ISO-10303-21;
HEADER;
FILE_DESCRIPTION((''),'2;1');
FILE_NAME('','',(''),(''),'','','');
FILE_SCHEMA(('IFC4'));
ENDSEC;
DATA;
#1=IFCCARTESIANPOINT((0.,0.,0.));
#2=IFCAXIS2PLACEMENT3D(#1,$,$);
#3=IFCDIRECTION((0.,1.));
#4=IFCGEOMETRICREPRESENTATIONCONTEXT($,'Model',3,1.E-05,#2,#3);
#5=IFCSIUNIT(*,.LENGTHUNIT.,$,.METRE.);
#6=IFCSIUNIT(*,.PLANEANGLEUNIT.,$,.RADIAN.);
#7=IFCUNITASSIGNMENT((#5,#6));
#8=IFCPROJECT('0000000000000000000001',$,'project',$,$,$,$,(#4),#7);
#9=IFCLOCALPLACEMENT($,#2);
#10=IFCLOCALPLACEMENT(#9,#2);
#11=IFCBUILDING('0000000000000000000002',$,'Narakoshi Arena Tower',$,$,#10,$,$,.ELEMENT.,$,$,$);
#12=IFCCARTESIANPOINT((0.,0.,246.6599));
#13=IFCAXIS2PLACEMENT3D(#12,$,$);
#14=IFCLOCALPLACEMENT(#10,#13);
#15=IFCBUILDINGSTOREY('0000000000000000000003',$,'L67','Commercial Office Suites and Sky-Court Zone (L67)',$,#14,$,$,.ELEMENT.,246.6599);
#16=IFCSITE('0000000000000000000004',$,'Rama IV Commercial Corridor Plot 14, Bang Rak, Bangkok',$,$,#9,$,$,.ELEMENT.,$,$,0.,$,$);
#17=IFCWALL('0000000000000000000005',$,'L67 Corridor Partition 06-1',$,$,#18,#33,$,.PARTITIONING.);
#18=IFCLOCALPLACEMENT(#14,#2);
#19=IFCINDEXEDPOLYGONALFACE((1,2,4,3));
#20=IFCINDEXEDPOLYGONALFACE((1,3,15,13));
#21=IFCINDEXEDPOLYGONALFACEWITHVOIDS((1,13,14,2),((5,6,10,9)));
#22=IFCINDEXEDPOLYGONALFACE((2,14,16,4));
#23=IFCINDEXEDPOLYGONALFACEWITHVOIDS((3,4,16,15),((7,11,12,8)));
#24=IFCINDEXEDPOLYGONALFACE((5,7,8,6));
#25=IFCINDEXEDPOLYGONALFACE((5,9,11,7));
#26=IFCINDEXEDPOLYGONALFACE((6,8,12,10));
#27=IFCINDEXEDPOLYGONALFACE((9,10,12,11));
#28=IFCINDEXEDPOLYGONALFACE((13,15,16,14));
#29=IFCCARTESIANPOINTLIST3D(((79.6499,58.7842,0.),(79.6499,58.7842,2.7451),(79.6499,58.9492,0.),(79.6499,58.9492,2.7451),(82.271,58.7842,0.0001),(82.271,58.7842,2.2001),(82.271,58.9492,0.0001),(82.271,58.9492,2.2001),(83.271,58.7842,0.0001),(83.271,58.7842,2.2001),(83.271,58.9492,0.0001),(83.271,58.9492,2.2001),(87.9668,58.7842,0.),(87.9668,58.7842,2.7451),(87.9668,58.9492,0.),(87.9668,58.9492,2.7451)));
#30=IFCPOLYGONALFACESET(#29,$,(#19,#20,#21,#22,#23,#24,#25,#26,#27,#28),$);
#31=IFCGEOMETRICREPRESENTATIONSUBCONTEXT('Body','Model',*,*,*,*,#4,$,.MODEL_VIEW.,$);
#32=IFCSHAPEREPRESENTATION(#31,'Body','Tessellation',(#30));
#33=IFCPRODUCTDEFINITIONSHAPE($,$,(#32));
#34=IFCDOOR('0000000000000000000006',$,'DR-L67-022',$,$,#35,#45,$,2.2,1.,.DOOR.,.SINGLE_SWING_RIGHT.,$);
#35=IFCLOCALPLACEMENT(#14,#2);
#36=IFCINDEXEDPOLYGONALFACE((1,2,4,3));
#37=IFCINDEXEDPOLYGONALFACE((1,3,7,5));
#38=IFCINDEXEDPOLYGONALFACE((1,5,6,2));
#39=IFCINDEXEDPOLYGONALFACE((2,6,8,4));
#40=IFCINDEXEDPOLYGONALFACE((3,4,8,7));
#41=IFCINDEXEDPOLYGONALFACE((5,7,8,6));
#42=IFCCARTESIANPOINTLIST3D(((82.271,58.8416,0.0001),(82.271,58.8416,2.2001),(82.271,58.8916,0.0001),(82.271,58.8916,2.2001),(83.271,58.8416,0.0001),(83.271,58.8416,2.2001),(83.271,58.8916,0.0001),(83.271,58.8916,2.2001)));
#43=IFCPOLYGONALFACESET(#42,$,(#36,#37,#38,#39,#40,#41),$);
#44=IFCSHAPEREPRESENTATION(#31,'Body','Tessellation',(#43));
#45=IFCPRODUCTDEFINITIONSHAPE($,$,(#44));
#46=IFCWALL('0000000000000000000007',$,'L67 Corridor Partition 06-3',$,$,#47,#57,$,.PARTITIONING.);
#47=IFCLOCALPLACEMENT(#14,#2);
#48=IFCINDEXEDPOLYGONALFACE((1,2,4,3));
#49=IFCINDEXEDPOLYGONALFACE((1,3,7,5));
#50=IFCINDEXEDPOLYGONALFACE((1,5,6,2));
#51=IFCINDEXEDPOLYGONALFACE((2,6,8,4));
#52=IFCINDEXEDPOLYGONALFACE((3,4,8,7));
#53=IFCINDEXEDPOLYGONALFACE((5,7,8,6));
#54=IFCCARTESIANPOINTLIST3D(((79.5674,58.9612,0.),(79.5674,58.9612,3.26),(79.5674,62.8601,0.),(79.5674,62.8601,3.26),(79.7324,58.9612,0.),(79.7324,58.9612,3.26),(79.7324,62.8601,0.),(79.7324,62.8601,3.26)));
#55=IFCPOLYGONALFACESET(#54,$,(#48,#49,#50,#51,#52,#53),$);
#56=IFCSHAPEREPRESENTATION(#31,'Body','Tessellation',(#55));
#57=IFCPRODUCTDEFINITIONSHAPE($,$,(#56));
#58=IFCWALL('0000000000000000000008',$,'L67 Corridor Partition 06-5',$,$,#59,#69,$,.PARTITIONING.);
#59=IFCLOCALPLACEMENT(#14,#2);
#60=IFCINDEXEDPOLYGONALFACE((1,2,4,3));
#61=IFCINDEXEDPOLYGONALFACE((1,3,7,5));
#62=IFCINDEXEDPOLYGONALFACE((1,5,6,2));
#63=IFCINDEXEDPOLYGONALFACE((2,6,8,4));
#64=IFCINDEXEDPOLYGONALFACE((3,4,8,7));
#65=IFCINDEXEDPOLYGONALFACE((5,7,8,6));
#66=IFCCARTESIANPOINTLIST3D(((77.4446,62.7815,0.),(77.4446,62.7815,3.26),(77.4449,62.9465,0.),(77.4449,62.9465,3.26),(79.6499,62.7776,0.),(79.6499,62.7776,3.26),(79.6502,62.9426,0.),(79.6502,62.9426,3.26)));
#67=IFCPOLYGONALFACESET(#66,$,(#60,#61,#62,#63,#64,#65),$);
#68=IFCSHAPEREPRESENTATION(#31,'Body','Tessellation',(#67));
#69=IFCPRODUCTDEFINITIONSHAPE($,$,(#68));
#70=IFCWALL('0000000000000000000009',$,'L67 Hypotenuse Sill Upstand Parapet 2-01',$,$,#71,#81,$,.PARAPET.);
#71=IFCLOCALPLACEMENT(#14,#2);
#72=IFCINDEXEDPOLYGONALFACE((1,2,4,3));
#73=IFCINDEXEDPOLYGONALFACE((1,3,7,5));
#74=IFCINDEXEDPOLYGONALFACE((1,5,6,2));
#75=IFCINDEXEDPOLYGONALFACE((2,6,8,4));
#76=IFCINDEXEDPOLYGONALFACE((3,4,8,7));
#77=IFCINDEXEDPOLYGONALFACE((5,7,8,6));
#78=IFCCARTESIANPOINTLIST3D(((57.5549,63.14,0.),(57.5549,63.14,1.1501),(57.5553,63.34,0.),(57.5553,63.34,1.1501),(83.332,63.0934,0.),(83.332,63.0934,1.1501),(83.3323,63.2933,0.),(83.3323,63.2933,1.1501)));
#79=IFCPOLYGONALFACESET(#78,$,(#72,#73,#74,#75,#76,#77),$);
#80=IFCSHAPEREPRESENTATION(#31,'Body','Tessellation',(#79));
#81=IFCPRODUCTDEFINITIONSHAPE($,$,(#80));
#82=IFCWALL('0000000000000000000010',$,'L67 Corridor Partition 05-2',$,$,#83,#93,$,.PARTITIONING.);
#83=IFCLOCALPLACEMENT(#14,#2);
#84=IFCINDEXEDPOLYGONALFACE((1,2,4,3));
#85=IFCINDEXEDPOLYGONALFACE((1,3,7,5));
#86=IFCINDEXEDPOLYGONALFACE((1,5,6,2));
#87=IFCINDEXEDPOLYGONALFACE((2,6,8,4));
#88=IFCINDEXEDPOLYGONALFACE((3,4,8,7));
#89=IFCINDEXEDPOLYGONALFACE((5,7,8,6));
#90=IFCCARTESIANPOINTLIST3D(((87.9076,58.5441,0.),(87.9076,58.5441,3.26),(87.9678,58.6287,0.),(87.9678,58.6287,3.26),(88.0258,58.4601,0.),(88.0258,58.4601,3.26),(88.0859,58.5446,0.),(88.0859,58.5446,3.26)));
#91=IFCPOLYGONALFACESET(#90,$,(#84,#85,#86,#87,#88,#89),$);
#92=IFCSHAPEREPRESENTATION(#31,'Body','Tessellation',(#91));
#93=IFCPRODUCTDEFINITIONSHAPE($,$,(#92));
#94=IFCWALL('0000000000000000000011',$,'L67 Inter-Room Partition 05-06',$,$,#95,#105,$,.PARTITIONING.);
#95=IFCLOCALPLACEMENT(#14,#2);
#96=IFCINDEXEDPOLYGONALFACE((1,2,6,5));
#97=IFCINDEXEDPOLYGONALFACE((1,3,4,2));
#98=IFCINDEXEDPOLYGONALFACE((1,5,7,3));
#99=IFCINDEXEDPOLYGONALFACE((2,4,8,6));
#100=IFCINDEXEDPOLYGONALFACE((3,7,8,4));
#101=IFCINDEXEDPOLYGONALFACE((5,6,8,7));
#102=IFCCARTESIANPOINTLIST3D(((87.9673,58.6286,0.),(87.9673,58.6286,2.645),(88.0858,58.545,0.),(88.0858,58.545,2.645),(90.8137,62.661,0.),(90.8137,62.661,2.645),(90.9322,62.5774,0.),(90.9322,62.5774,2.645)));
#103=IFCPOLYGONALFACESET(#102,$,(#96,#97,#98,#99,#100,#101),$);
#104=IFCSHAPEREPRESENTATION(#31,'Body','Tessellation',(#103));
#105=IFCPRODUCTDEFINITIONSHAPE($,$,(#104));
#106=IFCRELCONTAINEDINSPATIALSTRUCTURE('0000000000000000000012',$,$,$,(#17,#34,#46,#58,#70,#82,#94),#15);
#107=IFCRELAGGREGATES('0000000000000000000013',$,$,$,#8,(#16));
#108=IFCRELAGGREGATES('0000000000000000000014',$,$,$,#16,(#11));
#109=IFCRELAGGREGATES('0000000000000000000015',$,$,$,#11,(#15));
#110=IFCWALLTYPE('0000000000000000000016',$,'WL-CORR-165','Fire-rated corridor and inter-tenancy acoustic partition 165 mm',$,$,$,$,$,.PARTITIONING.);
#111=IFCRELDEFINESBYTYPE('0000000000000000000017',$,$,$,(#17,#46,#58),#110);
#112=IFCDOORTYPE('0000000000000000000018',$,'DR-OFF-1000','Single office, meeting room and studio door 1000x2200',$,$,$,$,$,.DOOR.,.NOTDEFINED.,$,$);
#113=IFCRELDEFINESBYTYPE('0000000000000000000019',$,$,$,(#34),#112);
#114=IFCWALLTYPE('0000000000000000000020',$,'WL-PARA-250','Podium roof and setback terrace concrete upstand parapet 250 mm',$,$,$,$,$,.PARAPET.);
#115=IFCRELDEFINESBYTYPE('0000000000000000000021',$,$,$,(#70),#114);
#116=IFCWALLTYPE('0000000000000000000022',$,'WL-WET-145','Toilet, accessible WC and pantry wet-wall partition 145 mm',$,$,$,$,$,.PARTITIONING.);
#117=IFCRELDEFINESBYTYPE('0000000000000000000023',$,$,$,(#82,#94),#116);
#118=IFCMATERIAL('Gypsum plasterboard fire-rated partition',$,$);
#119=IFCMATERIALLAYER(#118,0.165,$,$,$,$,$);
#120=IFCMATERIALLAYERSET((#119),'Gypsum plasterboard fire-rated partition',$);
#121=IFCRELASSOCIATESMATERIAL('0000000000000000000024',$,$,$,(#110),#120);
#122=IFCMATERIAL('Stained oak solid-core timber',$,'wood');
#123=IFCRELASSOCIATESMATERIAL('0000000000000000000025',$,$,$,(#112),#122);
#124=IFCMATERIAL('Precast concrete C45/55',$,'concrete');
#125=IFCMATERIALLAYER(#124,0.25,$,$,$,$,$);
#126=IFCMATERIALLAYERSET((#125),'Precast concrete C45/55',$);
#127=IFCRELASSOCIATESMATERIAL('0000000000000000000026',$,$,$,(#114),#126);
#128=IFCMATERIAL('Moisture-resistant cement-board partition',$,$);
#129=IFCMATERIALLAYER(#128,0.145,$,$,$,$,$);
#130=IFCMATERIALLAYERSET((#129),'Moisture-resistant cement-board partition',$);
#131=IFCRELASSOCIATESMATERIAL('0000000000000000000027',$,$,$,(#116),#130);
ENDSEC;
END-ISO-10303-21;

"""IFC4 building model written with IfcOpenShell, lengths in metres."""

from ifc_helpers import new_model, si_unit, direction, frame, frame_2d, origin, place, context, subcontext, project, spatial, rectangle, extrude, material, layer, layer_set, type_object, element, fill, save


model = new_model("IFC4")

# Units and contexts
model_context = context("Model", 3, precision=1e-05, world=origin(), true_north=direction((0.0, 1.0)))
body_context = subcontext(model_context, "Body", "Model", "MODEL_VIEW")
ifc_project = project(units=[si_unit("LENGTHUNIT", "METRE"), si_unit("PLANEANGLEUNIT", "RADIAN")], contexts=[model_context])

# Site, building, storey
site_placement = place(None, origin())
site = spatial("IfcSite", under=ifc_project, at=site_placement, Name="Rama IV Commercial Corridor Plot 14, Bang Rak, Bangkok", CompositionType="ELEMENT", RefElevation=0.0)
building_placement = place(site_placement, origin())
building = spatial("IfcBuilding", under=site, at=building_placement, Name="Narakoshi Arena Tower", CompositionType="ELEMENT")
storey_placement = place(building_placement, frame((0.0, 0.0, 246.6599)))
storey = spatial("IfcBuildingStorey", under=building, at=storey_placement, Name="L67", Description="Commercial Office Suites and Sky-Court Zone (L67)", CompositionType="ELEMENT", Elevation=246.6599)

# Wall, opening, door
ifc_material_1 = material(Name="Gypsum plasterboard fire-rated partition")
ifc_layer_1 = layer(ifc_material_1, 0.165)
ifc_layer_set_1 = layer_set([ifc_layer_1], Name="Gypsum plasterboard fire-rated partition")
wall_type_1 = type_object("IfcWallType", Name="WL-CORR-165", Description="Fire-rated corridor and inter-tenancy acoustic partition 165 mm", PredefinedType="PARTITIONING", material=ifc_layer_set_1)
wall_1_placement = place(storey_placement, frame((87.9668, 58.8667, 0.0), z_axis=(0.0, 0.0, 1.0), x_axis=(-1.0, 0.0, 0.0)))
wall_1 = element("IfcWall", 1, at=wall_1_placement, inside=storey, type_object=wall_type_1, Name="L67 Corridor Partition 06-1", PredefinedType="PARTITIONING", context=body_context, shape_type="SweptSolid", body=[
    extrude(rectangle(XDim=8.3169, YDim=0.165, at=frame_2d((4.1584, 0.0))), origin(), (0.0, 0.0, 1.0), 2.7451),
])
opening_placement = place(wall_1_placement, frame((4.6958, 0.0, 0.0)))
opening = element("IfcOpeningElement", 2, at=opening_placement, cuts=wall_1, PredefinedType="OPENING", context=body_context, shape_type="SweptSolid", body=[
    extrude(rectangle(XDim=1.0, YDim=2.2, at=frame_2d((0.5, 1.1001))), frame((0.0, 0.0925, 0.0), z_axis=(0.0, -1.0, 0.0), x_axis=(1.0, 0.0, 0.0)), (0.0, 0.0, 1.0), 0.1851),
])
ifc_material_2 = material(Name="Stained oak solid-core timber", Category="wood")
door_type = type_object("IfcDoorType", Name="DR-OFF-1000", Description="Single office, meeting room and studio door 1000x2200", OperationType="NOTDEFINED", PredefinedType="DOOR", material=ifc_material_2)
door_placement = place(opening_placement, frame((1.0, 0.0, 0.0), z_axis=(0.0, 0.0, 1.0), x_axis=(-1.0, 0.0, 0.0)))
door = element("IfcDoor", 3, at=door_placement, inside=storey, type_object=door_type, Name="DR-L67-022", OperationType="SINGLE_SWING_RIGHT", OverallHeight=2.2, OverallWidth=1.0, PredefinedType="DOOR", context=body_context, shape_type="SweptSolid", body=[
    extrude(rectangle(XDim=1.0, YDim=2.2, at=frame_2d((0.5, 1.1001))), frame((0.0, 0.0249, 0.0), z_axis=(0.0, -1.0, 0.0), x_axis=(1.0, 0.0, 0.0)), (0.0, 0.0, 1.0), 0.05),
])
fill(opening, door)

# Walls
wall_2_placement = place(storey_placement, frame((79.6499, 58.9612, 0.0), z_axis=(0.0, 0.0, 1.0), x_axis=(0.0, 1.0, 0.0)))
element("IfcWall", 4, at=wall_2_placement, inside=storey, type_object=wall_type_1, Name="L67 Corridor Partition 06-3", PredefinedType="PARTITIONING", context=body_context, shape_type="SweptSolid", body=[
    extrude(rectangle(XDim=3.8989, YDim=0.165, at=frame_2d((1.9495, 0.0))), origin(), (0.0, 0.0, 1.0), 3.26),
])
wall_3_placement = place(storey_placement, frame((79.6499, 62.8601, 0.0), z_axis=(0.0, 0.0, 1.0), x_axis=(-0.999998, 0.001771, 0.0)))
element("IfcWall", 5, at=wall_3_placement, inside=storey, type_object=wall_type_1, Name="L67 Corridor Partition 06-5", PredefinedType="PARTITIONING", context=body_context, shape_type="SweptSolid", body=[
    extrude(rectangle(XDim=2.2053, YDim=0.165, at=frame_2d((1.1025, 0.0))), origin(), (0.0, 0.0, 1.0), 3.26),
])
ifc_material_3 = material(Name="Precast concrete C45/55", Category="concrete")
ifc_layer_2 = layer(ifc_material_3, 0.25)
ifc_layer_set_2 = layer_set([ifc_layer_2], Name="Precast concrete C45/55")
wall_type_2 = type_object("IfcWallType", Name="WL-PARA-250", Description="Podium roof and setback terrace concrete upstand parapet 250 mm", PredefinedType="PARAPET", material=ifc_layer_set_2)
wall_4_placement = place(storey_placement, frame((83.3323, 63.1934, 0.0), z_axis=(0.0, 0.0, 1.0), x_axis=(-0.999998, 0.001809, 0.0)))
element("IfcWall", 6, at=wall_4_placement, inside=storey, type_object=wall_type_2, Name="L67 Hypotenuse Sill Upstand Parapet 2-01", PredefinedType="PARAPET", context=body_context, shape_type="SweptSolid", body=[
    extrude(rectangle(XDim=25.7771, YDim=0.2, at=frame_2d((12.8887, 0.0))), origin(), (0.0, 0.0, 1.0), 1.1501),
])
ifc_material_4 = material(Name="Moisture-resistant cement-board partition")
ifc_layer_3 = layer(ifc_material_4, 0.145)
ifc_layer_set_3 = layer_set([ifc_layer_3], Name="Moisture-resistant cement-board partition")
wall_type_3 = type_object("IfcWallType", Name="WL-WET-145", Description="Toilet, accessible WC and pantry wet-wall partition 145 mm", PredefinedType="PARTITIONING", material=ifc_layer_set_3)
wall_5_placement = place(storey_placement, frame((87.9668, 58.5022, 0.0), z_axis=(0.0, 0.0, 1.0), x_axis=(0.579454, 0.815005, 0.0)))
element("IfcWall", 7, at=wall_5_placement, inside=storey, type_object=wall_type_3, Name="L67 Corridor Partition 05-2", PredefinedType="PARTITIONING", context=body_context, shape_type="SweptSolid", body=[
    extrude(rectangle(XDim=0.1038, YDim=0.145, at=frame_2d((0.0518, 0.0))), origin(), (0.0, 0.0, 1.0), 3.26),
])
wall_6_placement = place(storey_placement, frame((88.0266, 58.5869, 0.0), z_axis=(0.0, 0.0, 1.0), x_axis=(0.576681, 0.816969, 0.0)))
element("IfcWall", 8, at=wall_6_placement, inside=storey, type_object=wall_type_3, Name="L67 Inter-Room Partition 05-06", PredefinedType="PARTITIONING", context=body_context, shape_type="SweptSolid", body=[
    extrude(rectangle(XDim=4.9358, YDim=0.145, at=frame_2d((2.4678, 0.0))), origin(), (0.0, 0.0, 1.0), 2.645),
])

save(model, "model.ifc")
